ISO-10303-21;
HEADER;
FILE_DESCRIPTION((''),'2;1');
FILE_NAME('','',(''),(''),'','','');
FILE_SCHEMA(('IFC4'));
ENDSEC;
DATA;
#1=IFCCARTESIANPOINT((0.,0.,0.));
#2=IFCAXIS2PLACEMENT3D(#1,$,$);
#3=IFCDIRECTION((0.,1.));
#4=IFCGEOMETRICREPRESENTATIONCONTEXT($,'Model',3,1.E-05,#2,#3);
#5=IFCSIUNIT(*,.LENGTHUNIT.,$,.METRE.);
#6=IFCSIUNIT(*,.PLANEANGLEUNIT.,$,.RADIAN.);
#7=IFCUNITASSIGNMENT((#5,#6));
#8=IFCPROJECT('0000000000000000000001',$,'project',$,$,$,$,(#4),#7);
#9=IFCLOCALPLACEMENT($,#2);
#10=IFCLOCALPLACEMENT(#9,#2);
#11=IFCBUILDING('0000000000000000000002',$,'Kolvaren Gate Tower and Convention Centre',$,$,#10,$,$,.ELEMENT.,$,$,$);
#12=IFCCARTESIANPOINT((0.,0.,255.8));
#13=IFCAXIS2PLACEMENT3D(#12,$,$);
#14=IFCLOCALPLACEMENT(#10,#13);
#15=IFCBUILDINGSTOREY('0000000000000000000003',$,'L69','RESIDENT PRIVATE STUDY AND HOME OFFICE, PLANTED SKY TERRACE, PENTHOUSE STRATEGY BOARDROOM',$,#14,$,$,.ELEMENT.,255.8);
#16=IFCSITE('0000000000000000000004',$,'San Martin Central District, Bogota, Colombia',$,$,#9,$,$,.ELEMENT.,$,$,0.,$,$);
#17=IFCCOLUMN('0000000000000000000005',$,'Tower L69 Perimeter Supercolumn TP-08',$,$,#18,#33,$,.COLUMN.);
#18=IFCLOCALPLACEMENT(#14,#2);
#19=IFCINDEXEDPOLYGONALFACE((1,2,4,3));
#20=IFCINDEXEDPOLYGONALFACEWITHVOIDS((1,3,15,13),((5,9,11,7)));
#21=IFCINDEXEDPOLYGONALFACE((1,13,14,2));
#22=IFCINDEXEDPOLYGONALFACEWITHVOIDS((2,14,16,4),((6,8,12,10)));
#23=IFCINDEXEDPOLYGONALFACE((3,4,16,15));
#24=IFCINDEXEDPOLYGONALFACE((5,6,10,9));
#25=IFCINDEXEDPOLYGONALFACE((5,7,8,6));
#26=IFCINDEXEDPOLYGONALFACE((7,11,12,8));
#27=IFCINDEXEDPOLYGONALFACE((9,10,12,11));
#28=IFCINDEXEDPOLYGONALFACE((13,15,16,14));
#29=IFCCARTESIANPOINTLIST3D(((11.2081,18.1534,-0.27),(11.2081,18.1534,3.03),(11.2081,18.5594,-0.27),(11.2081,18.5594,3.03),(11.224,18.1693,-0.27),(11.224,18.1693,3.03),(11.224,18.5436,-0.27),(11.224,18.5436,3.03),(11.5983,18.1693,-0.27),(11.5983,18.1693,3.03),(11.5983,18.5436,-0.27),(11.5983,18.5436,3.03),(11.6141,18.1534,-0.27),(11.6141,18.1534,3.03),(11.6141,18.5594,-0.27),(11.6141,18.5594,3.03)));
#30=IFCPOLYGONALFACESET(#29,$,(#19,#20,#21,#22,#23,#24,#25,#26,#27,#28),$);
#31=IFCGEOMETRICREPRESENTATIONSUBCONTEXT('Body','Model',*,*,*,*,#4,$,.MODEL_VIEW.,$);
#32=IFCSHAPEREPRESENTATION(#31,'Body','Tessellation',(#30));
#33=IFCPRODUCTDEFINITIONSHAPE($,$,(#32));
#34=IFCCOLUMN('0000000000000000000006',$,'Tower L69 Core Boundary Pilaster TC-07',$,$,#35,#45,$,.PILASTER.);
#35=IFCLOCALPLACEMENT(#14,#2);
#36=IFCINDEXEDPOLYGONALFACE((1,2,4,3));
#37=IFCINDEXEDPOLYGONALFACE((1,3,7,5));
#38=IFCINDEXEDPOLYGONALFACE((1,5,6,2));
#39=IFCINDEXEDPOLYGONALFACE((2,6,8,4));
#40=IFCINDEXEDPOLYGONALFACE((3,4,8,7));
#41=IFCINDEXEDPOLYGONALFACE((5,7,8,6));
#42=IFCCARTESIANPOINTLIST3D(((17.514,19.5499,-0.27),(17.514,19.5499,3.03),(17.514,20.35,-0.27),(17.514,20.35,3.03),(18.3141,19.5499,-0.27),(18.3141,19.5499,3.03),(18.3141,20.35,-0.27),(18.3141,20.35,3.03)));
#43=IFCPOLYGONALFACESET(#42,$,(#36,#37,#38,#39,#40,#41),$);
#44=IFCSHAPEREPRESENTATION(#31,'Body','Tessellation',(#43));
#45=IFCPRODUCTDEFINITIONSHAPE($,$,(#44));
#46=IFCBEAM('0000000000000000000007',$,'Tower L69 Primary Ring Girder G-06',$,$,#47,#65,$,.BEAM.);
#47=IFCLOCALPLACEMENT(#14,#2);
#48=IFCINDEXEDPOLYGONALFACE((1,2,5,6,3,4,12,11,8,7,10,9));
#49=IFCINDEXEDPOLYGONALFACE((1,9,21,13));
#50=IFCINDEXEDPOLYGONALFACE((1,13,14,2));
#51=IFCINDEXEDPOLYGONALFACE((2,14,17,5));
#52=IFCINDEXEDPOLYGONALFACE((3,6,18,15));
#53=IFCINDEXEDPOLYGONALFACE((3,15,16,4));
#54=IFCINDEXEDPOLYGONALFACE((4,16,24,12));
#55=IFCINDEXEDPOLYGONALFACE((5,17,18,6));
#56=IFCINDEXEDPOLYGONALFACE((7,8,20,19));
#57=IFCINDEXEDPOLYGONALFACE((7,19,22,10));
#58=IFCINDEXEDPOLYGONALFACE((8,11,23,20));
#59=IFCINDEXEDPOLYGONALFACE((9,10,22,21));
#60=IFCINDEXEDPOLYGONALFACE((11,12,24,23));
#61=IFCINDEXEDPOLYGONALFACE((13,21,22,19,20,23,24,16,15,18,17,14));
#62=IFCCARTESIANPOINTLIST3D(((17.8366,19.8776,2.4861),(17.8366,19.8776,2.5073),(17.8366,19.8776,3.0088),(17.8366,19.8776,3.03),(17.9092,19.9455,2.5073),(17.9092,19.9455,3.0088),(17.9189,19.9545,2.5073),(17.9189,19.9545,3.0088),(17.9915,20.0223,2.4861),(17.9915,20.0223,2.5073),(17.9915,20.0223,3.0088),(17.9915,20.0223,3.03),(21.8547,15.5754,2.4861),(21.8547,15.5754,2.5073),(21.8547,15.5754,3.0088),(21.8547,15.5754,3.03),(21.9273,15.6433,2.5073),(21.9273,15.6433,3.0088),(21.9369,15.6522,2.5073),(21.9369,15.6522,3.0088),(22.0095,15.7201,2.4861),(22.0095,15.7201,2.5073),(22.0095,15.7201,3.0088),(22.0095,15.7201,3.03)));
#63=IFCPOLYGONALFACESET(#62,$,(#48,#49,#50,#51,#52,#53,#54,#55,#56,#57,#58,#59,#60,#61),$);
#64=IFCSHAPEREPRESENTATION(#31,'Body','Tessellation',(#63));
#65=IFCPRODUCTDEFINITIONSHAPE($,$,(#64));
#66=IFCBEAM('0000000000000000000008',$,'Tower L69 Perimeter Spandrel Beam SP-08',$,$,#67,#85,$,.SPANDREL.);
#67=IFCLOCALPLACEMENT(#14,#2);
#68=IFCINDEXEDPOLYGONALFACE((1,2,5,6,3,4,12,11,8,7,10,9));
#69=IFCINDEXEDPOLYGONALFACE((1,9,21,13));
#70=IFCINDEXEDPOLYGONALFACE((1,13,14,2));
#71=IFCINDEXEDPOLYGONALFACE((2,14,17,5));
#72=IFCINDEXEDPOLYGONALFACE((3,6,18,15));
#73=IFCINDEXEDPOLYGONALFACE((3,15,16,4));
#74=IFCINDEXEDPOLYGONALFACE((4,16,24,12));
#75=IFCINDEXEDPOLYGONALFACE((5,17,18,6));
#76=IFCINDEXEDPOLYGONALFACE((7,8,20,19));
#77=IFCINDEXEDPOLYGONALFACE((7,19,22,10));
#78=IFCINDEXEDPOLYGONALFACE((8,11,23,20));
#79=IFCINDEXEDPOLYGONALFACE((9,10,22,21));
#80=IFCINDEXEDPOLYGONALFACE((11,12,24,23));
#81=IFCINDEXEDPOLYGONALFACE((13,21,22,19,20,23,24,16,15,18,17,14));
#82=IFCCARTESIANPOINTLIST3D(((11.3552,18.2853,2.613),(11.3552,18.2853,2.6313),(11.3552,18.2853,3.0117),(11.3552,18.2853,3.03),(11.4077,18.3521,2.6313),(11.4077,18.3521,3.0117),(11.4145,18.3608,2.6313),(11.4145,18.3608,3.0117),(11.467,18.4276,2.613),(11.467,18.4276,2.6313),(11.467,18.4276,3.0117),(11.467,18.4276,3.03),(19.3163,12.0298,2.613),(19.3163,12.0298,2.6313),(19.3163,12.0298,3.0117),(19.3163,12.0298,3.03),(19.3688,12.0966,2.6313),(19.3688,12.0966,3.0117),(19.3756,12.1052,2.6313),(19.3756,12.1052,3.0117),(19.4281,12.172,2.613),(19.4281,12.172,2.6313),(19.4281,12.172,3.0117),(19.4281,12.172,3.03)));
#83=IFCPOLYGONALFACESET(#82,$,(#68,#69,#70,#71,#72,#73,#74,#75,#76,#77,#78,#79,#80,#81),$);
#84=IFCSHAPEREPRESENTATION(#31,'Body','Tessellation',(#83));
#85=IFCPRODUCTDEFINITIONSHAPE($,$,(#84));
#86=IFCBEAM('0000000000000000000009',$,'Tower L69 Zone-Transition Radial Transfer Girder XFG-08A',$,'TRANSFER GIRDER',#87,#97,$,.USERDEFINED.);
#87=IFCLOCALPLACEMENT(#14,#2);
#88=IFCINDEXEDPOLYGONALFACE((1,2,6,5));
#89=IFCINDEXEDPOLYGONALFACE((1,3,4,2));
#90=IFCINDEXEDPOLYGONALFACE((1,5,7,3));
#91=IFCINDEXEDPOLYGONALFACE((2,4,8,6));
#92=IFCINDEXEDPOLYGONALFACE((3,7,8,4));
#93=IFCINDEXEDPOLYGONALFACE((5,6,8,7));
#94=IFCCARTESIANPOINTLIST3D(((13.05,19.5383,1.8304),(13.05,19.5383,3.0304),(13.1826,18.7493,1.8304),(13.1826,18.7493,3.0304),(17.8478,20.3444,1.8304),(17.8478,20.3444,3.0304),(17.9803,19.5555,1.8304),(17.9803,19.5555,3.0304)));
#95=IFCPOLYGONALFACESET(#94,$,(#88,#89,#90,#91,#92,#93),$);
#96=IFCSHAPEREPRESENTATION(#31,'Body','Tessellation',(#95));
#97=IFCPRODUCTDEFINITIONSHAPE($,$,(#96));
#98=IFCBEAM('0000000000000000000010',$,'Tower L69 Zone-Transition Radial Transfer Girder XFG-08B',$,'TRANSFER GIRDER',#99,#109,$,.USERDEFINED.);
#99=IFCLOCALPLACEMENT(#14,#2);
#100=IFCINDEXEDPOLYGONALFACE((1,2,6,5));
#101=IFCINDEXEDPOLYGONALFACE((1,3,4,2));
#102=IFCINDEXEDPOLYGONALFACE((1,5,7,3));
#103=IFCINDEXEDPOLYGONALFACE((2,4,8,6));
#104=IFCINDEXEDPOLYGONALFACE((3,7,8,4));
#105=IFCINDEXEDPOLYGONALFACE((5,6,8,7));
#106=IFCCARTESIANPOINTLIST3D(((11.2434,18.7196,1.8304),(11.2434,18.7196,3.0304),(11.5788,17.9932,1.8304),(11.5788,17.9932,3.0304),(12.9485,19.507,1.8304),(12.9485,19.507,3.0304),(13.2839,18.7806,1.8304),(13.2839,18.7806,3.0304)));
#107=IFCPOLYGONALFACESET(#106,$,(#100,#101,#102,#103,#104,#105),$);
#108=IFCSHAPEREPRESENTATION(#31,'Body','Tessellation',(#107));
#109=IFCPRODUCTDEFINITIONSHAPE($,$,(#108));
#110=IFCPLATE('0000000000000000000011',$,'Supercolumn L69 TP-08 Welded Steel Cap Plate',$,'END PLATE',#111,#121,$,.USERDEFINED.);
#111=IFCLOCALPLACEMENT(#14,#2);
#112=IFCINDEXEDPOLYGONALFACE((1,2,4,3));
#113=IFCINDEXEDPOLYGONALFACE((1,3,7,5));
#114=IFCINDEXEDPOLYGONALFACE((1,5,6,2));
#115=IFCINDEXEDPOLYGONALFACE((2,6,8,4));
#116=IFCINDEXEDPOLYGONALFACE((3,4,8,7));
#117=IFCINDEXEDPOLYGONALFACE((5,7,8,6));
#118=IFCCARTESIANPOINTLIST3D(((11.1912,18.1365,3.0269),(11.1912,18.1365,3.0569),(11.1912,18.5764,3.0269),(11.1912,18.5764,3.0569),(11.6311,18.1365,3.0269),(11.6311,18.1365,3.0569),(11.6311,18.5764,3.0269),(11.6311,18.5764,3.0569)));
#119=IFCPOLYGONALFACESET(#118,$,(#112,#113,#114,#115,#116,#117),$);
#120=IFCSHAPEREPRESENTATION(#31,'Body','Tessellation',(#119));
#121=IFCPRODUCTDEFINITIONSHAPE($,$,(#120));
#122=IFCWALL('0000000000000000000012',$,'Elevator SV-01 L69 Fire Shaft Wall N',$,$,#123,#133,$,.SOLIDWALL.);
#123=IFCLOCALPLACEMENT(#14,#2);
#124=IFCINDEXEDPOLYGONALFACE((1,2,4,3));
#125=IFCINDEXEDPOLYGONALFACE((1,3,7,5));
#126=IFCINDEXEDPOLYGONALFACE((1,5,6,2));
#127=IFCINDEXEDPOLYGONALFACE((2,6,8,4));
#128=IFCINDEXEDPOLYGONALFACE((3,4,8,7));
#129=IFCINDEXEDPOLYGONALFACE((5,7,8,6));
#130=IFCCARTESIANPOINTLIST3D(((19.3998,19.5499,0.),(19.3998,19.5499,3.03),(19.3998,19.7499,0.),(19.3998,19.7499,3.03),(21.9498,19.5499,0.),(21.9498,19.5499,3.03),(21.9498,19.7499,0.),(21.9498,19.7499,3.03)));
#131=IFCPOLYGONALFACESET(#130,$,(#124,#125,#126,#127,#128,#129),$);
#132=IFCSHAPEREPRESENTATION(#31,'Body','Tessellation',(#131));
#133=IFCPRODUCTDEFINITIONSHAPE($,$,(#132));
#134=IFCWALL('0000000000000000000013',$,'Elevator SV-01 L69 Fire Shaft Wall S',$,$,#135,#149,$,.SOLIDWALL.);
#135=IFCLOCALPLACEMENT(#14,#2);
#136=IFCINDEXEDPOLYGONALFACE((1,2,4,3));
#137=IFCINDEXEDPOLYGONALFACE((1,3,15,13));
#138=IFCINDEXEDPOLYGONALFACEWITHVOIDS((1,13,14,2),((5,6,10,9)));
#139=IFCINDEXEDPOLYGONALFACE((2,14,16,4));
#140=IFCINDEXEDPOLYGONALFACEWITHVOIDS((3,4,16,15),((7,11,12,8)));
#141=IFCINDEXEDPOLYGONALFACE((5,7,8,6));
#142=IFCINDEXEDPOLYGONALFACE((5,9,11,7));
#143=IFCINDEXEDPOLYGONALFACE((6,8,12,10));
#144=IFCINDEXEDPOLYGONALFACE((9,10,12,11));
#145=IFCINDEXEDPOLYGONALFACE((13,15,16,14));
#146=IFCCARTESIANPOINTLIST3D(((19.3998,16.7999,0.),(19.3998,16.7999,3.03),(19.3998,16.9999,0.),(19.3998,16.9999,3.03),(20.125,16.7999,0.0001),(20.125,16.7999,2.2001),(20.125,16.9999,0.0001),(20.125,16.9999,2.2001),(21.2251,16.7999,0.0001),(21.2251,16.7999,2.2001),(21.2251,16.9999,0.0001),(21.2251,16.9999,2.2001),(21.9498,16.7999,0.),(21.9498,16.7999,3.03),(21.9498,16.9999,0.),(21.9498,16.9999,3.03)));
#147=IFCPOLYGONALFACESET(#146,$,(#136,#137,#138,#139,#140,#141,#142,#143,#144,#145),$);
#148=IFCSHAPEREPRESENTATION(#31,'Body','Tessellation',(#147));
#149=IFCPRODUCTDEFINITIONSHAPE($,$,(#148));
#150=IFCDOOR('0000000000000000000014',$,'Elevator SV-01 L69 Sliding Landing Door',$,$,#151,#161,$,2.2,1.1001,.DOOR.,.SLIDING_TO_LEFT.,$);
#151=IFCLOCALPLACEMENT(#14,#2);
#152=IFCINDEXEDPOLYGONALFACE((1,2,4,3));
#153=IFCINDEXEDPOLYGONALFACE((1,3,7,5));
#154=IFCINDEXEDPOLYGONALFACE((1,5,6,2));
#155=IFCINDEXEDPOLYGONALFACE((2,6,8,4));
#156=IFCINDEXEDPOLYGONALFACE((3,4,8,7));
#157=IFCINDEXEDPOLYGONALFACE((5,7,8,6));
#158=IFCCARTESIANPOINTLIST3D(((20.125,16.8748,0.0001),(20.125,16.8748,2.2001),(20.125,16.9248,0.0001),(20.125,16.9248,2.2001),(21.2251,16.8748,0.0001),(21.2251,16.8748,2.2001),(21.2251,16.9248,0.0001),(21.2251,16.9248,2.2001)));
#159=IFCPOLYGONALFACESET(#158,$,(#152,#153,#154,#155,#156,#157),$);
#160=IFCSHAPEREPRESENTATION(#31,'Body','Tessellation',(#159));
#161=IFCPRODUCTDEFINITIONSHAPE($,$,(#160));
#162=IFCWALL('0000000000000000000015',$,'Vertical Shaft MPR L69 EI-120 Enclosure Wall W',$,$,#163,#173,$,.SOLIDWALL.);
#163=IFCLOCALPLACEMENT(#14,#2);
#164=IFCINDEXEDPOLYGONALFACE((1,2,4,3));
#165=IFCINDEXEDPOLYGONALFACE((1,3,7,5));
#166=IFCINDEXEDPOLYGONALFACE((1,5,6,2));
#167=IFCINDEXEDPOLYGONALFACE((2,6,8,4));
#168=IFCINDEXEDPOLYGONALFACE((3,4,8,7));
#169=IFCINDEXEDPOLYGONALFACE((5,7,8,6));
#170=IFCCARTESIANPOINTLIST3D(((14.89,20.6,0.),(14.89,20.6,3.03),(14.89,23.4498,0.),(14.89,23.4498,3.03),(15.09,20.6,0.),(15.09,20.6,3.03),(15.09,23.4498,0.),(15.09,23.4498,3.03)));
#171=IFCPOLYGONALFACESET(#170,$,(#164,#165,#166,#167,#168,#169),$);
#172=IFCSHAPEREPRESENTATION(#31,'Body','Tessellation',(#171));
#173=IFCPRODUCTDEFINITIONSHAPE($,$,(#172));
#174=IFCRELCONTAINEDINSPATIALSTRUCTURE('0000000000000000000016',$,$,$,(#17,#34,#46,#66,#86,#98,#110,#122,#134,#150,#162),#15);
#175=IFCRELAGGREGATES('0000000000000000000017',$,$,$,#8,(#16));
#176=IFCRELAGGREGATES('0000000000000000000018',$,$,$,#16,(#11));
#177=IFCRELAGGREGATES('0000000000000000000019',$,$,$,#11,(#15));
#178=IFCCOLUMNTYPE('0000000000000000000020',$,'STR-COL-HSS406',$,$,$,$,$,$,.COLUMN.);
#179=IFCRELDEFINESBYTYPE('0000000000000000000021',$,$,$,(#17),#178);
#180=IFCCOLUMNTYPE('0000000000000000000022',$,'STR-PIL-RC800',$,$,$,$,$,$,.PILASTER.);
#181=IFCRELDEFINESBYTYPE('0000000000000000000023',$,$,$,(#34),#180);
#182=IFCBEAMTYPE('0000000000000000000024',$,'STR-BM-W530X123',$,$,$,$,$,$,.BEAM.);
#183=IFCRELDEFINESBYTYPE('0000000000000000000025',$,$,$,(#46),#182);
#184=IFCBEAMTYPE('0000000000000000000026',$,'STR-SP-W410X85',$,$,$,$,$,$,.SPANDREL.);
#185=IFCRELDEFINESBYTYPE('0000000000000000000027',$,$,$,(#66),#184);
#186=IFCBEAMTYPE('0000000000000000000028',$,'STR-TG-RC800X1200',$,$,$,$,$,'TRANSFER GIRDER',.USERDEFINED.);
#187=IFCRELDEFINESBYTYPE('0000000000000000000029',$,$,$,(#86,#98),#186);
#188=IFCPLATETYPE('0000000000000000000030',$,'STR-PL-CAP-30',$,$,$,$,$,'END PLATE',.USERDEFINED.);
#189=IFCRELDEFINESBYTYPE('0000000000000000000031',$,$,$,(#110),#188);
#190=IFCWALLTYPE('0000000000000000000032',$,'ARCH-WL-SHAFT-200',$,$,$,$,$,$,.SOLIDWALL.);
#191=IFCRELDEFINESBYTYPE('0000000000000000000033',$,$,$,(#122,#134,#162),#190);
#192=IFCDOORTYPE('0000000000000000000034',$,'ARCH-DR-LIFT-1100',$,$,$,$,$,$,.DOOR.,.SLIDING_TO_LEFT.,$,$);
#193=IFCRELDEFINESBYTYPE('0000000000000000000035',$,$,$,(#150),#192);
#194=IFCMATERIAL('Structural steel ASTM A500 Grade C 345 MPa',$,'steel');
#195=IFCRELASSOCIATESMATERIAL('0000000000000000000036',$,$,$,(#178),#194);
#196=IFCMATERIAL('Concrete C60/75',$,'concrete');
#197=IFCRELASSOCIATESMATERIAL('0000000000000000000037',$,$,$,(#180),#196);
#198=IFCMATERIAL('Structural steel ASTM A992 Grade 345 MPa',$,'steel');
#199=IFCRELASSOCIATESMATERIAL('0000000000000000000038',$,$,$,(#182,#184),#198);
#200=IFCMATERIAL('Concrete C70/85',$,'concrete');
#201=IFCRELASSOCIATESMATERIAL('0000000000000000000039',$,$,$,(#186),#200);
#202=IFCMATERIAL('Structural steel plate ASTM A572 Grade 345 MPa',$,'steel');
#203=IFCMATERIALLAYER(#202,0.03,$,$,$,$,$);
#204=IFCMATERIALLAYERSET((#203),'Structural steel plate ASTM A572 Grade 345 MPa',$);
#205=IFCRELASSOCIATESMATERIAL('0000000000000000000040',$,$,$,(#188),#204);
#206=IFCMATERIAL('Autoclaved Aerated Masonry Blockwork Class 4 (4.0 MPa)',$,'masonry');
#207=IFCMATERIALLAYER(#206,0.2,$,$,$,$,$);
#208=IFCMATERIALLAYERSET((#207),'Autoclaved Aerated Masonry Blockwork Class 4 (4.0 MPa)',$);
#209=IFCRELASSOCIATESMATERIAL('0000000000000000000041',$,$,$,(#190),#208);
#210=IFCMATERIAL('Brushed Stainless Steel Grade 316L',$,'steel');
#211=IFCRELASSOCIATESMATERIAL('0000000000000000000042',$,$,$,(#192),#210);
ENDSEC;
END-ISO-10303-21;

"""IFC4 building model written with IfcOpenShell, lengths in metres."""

from ifc_helpers import new_model, si_unit, direction, frame, frame_2d, origin, origin_2d, place, context, subcontext, project, spatial, rectangle, hollow_rectangle, i_section, extrude, material, layer, layer_set, material_profile, profile_set, type_object, element, fill, save


model = new_model("IFC4")

# Units and contexts
model_context = context("Model", 3, precision=1e-05, world=origin(), true_north=direction((0.0, 1.0)))
body_context = subcontext(model_context, "Body", "Model", "MODEL_VIEW")
ifc_project = project(units=[si_unit("LENGTHUNIT", "METRE"), si_unit("PLANEANGLEUNIT", "RADIAN")], contexts=[model_context])

# Site, building, storey
site_placement = place(None, origin())
site = spatial("IfcSite", under=ifc_project, at=site_placement, Name="San Martin Central District, Bogota, Colombia", CompositionType="ELEMENT", RefElevation=0.0)
building_placement = place(site_placement, origin())
building = spatial("IfcBuilding", under=site, at=building_placement, Name="Kolvaren Gate Tower and Convention Centre", CompositionType="ELEMENT")
storey_placement = place(building_placement, frame((0.0, 0.0, 255.8)))
storey = spatial("IfcBuildingStorey", under=building, at=storey_placement, Name="L69", Description="RESIDENT PRIVATE STUDY AND HOME OFFICE, PLANTED SKY TERRACE, PENTHOUSE STRATEGY BOARDROOM", CompositionType="ELEMENT", Elevation=255.8)

# Columns
ifc_material_1 = material(Name="Structural steel ASTM A500 Grade C 345 MPa", Category="steel")
ifc_material_profile_1 = material_profile(ifc_material_1, hollow_rectangle(XDim=0.406, YDim=0.406, WallThickness=0.0159, at=origin_2d()), Name="HSS406X406X15.9")
ifc_profile_set_1 = profile_set([ifc_material_profile_1], Name="Structural steel ASTM A500 Grade C 345 MPa")
column_type_1 = type_object("IfcColumnType", Name="STR-COL-HSS406", PredefinedType="COLUMN", material=ifc_profile_set_1)
column_1_placement = place(storey_placement, frame((11.4111, 18.3564, -0.27), z_axis=(0.0, 0.0, 1.0), x_axis=(1.0, 0.0, 0.0)))
element("IfcColumn", 1, at=column_1_placement, inside=storey, type_object=column_type_1, Name="Tower L69 Perimeter Supercolumn TP-08", PredefinedType="COLUMN", context=body_context, shape_type="SweptSolid", body=[
    extrude(hollow_rectangle(XDim=0.406, YDim=0.406, WallThickness=0.0159, at=origin_2d()), origin(), (0.0, 0.0, 1.0), 3.3),
])
ifc_material_2 = material(Name="Concrete C60/75", Category="concrete")
ifc_material_profile_2 = material_profile(ifc_material_2, rectangle(XDim=0.8, YDim=0.8, at=origin_2d()), Name="RC-COL-800X800")
ifc_profile_set_2 = profile_set([ifc_material_profile_2], Name="Concrete C60/75")
column_type_2 = type_object("IfcColumnType", Name="STR-PIL-RC800", PredefinedType="PILASTER", material=ifc_profile_set_2)
column_2_placement = place(storey_placement, frame((17.9141, 19.95, -0.27), z_axis=(0.0, 0.0, 1.0), x_axis=(1.0, 0.0, 0.0)))
element("IfcColumn", 2, at=column_2_placement, inside=storey, type_object=column_type_2, Name="Tower L69 Core Boundary Pilaster TC-07", PredefinedType="PILASTER", context=body_context, shape_type="SweptSolid", body=[
    extrude(rectangle(XDim=0.8, YDim=0.8, at=origin_2d()), origin(), (0.0, 0.0, 1.0), 3.3),
])

# Beams
ifc_material_3 = material(Name="Structural steel ASTM A992 Grade 345 MPa", Category="steel")
ifc_material_profile_3 = material_profile(ifc_material_3, i_section(OverallWidth=0.2119, OverallDepth=0.5439, WebThickness=0.0132, FlangeThickness=0.0212, at=origin_2d()), Name="W530X123")
ifc_profile_set_3 = profile_set([ifc_material_profile_3], Name="Structural steel ASTM A992 Grade 345 MPa")
beam_type_1 = type_object("IfcBeamType", Name="STR-BM-W530X123", PredefinedType="BEAM", material=ifc_profile_set_3)
beam_1_placement = place(storey_placement, frame((17.9141, 19.95, 2.7581), z_axis=(0.682558, -0.730832, 0.0), x_axis=(0.730832, 0.682558, 0.0)))
element("IfcBeam", 3, at=beam_1_placement, inside=storey, type_object=beam_type_1, Name="Tower L69 Primary Ring Girder G-06", PredefinedType="BEAM", context=body_context, shape_type="SweptSolid", body=[
    extrude(i_section(OverallWidth=0.2119, OverallDepth=0.5439, WebThickness=0.0132, FlangeThickness=0.0212, at=origin_2d()), origin(), (0.0, 0.0, 1.0), 5.8867),
])
ifc_material_profile_4 = material_profile(ifc_material_3, i_section(OverallWidth=0.1809, OverallDepth=0.417, WebThickness=0.011, FlangeThickness=0.0183, at=origin_2d()), Name="W410X85")
ifc_profile_set_4 = profile_set([ifc_material_profile_4], Name="Structural steel ASTM A992 Grade 345 MPa")
beam_type_2 = type_object("IfcBeamType", Name="STR-SP-W410X85", PredefinedType="SPANDREL", material=ifc_profile_set_4)
beam_2_placement = place(storey_placement, frame((11.4111, 18.3564, 2.8215), z_axis=(0.786299, -0.617846, 0.0), x_axis=(0.617846, 0.786299, 0.0)))
element("IfcBeam", 4, at=beam_2_placement, inside=storey, type_object=beam_type_2, Name="Tower L69 Perimeter Spandrel Beam SP-08", PredefinedType="SPANDREL", context=body_context, shape_type="SweptSolid", body=[
    extrude(i_section(OverallWidth=0.1809, OverallDepth=0.417, WebThickness=0.011, FlangeThickness=0.0183, at=origin_2d()), origin(), (0.0, 0.0, 1.0), 10.1248),
])
ifc_material_4 = material(Name="Concrete C70/85", Category="concrete")
ifc_material_profile_5 = material_profile(ifc_material_4, rectangle(XDim=0.8, YDim=1.2, at=origin_2d()), Name="RC-BM-800X1200")
ifc_profile_set_5 = profile_set([ifc_material_profile_5], Name="Concrete C70/85")
beam_type_3 = type_object("IfcBeamType", Name="STR-TG-RC800X1200", ElementType="TRANSFER GIRDER", PredefinedType="USERDEFINED", material=ifc_profile_set_5)
beam_3_placement = place(storey_placement, frame((17.9141, 19.95, 2.4304), z_axis=(-0.986176, -0.165701, 0.0), x_axis=(0.165701, -0.986176, 0.0)))
element("IfcBeam", 5, at=beam_3_placement, inside=storey, type_object=beam_type_3, Name="Tower L69 Zone-Transition Radial Transfer Girder XFG-08A", ObjectType="TRANSFER GIRDER", PredefinedType="USERDEFINED", context=body_context, shape_type="SweptSolid", body=[
    extrude(rectangle(XDim=0.8, YDim=1.2, at=origin_2d()), origin(), (0.0, 0.0, 1.0), 4.865),
])
beam_4_placement = place(storey_placement, frame((13.1162, 19.1438, 2.4304), z_axis=(-0.907879, -0.419231, 0.0), x_axis=(0.419231, -0.907879, 0.0)))
element("IfcBeam", 6, at=beam_4_placement, inside=storey, type_object=beam_type_3, Name="Tower L69 Zone-Transition Radial Transfer Girder XFG-08B", ObjectType="TRANSFER GIRDER", PredefinedType="USERDEFINED", context=body_context, shape_type="SweptSolid", body=[
    extrude(rectangle(XDim=0.8, YDim=1.2, at=origin_2d()), origin(), (0.0, 0.0, 1.0), 1.8782),
])

# Plate
ifc_material_5 = material(Name="Structural steel plate ASTM A572 Grade 345 MPa", Category="steel")
ifc_layer_1 = layer(ifc_material_5, 0.03)
ifc_layer_set_1 = layer_set([ifc_layer_1], Name="Structural steel plate ASTM A572 Grade 345 MPa")
plate_type = type_object("IfcPlateType", Name="STR-PL-CAP-30", ElementType="END PLATE", PredefinedType="USERDEFINED", material=ifc_layer_set_1)
plate_placement = place(storey_placement, frame((11.4111, 18.3564, 3.0269), z_axis=(0.0, 0.0, 1.0), x_axis=(1.0, 0.0, 0.0)))
element("IfcPlate", 7, at=plate_placement, inside=storey, type_object=plate_type, Name="Supercolumn L69 TP-08 Welded Steel Cap Plate", ObjectType="END PLATE", PredefinedType="USERDEFINED", context=body_context, shape_type="SweptSolid", body=[
    extrude(rectangle(XDim=0.4399, YDim=0.4399, at=origin_2d()), origin(), (0.0, 0.0, 1.0), 0.03),
])

# Wall
ifc_material_6 = material(Name="Autoclaved Aerated Masonry Blockwork Class 4 (4.0 MPa)", Category="masonry")
ifc_layer_2 = layer(ifc_material_6, 0.2)
ifc_layer_set_2 = layer_set([ifc_layer_2], Name="Autoclaved Aerated Masonry Blockwork Class 4 (4.0 MPa)")
wall_type_1 = type_object("IfcWallType", Name="ARCH-WL-SHAFT-200", PredefinedType="SOLIDWALL", material=ifc_layer_set_2)
wall_1_placement = place(storey_placement, frame((19.3999, 19.6499, 0.0), z_axis=(0.0, 0.0, 1.0), x_axis=(1.0, 0.0, 0.0)))
element("IfcWall", 8, at=wall_1_placement, inside=storey, type_object=wall_type_1, Name="Elevator SV-01 L69 Fire Shaft Wall N", PredefinedType="SOLIDWALL", context=body_context, shape_type="SweptSolid", body=[
    extrude(rectangle(XDim=2.55, YDim=0.2, at=frame_2d((1.2749, 0.0))), origin(), (0.0, 0.0, 1.0), 3.03),
])

# Wall, opening, door
wall_2_placement = place(storey_placement, frame((19.3999, 16.8999, 0.0), z_axis=(0.0, 0.0, 1.0), x_axis=(1.0, 0.0, 0.0)))
wall_2 = element("IfcWall", 9, at=wall_2_placement, inside=storey, type_object=wall_type_1, Name="Elevator SV-01 L69 Fire Shaft Wall S", PredefinedType="SOLIDWALL", context=body_context, shape_type="SweptSolid", body=[
    extrude(rectangle(XDim=2.55, YDim=0.2, at=frame_2d((1.2749, 0.0))), origin(), (0.0, 0.0, 1.0), 3.03),
])
opening_1_placement = place(wall_2_placement, frame((0.7251, 0.0, 0.0)))
opening_1 = element("IfcOpeningElement", 10, at=opening_1_placement, cuts=wall_2, PredefinedType="OPENING", context=body_context, shape_type="SweptSolid", body=[
    extrude(rectangle(XDim=1.1001, YDim=2.2, at=frame_2d((0.55, 1.1001))), frame((0.0, 0.1099, 0.0), z_axis=(0.0, -1.0, 0.0), x_axis=(1.0, 0.0, 0.0)), (0.0, 0.0, 1.0), 0.22),
])
ifc_material_7 = material(Name="Brushed Stainless Steel Grade 316L", Category="steel")
door_type = type_object("IfcDoorType", Name="ARCH-DR-LIFT-1100", OperationType="SLIDING_TO_LEFT", PredefinedType="DOOR", material=ifc_material_7)
door_placement = place(opening_1_placement, origin())
door = element("IfcDoor", 11, at=door_placement, inside=storey, type_object=door_type, Name="Elevator SV-01 L69 Sliding Landing Door", OperationType="SLIDING_TO_LEFT", OverallHeight=2.2, OverallWidth=1.1001, PredefinedType="DOOR", context=body_context, shape_type="SweptSolid", body=[
    extrude(rectangle(XDim=1.1001, YDim=2.2, at=frame_2d((0.55, 1.1001))), frame((0.0, 0.0249, 0.0), z_axis=(0.0, -1.0, 0.0), x_axis=(1.0, 0.0, 0.0)), (0.0, 0.0, 1.0), 0.05),
])
fill(opening_1, door)

# Wall
wall_3_placement = place(storey_placement, frame((14.99, 20.6001, 0.0), z_axis=(0.0, 0.0, 1.0), x_axis=(0.0, 1.0, 0.0)))
element("IfcWall", 12, at=wall_3_placement, inside=storey, type_object=wall_type_1, Name="Vertical Shaft MPR L69 EI-120 Enclosure Wall W", PredefinedType="SOLIDWALL", context=body_context, shape_type="SweptSolid", body=[
    extrude(rectangle(XDim=2.8499, YDim=0.2, at=frame_2d((1.4248, 0.0))), origin(), (0.0, 0.0, 1.0), 3.03),
])

save(model, "model.ifc")
